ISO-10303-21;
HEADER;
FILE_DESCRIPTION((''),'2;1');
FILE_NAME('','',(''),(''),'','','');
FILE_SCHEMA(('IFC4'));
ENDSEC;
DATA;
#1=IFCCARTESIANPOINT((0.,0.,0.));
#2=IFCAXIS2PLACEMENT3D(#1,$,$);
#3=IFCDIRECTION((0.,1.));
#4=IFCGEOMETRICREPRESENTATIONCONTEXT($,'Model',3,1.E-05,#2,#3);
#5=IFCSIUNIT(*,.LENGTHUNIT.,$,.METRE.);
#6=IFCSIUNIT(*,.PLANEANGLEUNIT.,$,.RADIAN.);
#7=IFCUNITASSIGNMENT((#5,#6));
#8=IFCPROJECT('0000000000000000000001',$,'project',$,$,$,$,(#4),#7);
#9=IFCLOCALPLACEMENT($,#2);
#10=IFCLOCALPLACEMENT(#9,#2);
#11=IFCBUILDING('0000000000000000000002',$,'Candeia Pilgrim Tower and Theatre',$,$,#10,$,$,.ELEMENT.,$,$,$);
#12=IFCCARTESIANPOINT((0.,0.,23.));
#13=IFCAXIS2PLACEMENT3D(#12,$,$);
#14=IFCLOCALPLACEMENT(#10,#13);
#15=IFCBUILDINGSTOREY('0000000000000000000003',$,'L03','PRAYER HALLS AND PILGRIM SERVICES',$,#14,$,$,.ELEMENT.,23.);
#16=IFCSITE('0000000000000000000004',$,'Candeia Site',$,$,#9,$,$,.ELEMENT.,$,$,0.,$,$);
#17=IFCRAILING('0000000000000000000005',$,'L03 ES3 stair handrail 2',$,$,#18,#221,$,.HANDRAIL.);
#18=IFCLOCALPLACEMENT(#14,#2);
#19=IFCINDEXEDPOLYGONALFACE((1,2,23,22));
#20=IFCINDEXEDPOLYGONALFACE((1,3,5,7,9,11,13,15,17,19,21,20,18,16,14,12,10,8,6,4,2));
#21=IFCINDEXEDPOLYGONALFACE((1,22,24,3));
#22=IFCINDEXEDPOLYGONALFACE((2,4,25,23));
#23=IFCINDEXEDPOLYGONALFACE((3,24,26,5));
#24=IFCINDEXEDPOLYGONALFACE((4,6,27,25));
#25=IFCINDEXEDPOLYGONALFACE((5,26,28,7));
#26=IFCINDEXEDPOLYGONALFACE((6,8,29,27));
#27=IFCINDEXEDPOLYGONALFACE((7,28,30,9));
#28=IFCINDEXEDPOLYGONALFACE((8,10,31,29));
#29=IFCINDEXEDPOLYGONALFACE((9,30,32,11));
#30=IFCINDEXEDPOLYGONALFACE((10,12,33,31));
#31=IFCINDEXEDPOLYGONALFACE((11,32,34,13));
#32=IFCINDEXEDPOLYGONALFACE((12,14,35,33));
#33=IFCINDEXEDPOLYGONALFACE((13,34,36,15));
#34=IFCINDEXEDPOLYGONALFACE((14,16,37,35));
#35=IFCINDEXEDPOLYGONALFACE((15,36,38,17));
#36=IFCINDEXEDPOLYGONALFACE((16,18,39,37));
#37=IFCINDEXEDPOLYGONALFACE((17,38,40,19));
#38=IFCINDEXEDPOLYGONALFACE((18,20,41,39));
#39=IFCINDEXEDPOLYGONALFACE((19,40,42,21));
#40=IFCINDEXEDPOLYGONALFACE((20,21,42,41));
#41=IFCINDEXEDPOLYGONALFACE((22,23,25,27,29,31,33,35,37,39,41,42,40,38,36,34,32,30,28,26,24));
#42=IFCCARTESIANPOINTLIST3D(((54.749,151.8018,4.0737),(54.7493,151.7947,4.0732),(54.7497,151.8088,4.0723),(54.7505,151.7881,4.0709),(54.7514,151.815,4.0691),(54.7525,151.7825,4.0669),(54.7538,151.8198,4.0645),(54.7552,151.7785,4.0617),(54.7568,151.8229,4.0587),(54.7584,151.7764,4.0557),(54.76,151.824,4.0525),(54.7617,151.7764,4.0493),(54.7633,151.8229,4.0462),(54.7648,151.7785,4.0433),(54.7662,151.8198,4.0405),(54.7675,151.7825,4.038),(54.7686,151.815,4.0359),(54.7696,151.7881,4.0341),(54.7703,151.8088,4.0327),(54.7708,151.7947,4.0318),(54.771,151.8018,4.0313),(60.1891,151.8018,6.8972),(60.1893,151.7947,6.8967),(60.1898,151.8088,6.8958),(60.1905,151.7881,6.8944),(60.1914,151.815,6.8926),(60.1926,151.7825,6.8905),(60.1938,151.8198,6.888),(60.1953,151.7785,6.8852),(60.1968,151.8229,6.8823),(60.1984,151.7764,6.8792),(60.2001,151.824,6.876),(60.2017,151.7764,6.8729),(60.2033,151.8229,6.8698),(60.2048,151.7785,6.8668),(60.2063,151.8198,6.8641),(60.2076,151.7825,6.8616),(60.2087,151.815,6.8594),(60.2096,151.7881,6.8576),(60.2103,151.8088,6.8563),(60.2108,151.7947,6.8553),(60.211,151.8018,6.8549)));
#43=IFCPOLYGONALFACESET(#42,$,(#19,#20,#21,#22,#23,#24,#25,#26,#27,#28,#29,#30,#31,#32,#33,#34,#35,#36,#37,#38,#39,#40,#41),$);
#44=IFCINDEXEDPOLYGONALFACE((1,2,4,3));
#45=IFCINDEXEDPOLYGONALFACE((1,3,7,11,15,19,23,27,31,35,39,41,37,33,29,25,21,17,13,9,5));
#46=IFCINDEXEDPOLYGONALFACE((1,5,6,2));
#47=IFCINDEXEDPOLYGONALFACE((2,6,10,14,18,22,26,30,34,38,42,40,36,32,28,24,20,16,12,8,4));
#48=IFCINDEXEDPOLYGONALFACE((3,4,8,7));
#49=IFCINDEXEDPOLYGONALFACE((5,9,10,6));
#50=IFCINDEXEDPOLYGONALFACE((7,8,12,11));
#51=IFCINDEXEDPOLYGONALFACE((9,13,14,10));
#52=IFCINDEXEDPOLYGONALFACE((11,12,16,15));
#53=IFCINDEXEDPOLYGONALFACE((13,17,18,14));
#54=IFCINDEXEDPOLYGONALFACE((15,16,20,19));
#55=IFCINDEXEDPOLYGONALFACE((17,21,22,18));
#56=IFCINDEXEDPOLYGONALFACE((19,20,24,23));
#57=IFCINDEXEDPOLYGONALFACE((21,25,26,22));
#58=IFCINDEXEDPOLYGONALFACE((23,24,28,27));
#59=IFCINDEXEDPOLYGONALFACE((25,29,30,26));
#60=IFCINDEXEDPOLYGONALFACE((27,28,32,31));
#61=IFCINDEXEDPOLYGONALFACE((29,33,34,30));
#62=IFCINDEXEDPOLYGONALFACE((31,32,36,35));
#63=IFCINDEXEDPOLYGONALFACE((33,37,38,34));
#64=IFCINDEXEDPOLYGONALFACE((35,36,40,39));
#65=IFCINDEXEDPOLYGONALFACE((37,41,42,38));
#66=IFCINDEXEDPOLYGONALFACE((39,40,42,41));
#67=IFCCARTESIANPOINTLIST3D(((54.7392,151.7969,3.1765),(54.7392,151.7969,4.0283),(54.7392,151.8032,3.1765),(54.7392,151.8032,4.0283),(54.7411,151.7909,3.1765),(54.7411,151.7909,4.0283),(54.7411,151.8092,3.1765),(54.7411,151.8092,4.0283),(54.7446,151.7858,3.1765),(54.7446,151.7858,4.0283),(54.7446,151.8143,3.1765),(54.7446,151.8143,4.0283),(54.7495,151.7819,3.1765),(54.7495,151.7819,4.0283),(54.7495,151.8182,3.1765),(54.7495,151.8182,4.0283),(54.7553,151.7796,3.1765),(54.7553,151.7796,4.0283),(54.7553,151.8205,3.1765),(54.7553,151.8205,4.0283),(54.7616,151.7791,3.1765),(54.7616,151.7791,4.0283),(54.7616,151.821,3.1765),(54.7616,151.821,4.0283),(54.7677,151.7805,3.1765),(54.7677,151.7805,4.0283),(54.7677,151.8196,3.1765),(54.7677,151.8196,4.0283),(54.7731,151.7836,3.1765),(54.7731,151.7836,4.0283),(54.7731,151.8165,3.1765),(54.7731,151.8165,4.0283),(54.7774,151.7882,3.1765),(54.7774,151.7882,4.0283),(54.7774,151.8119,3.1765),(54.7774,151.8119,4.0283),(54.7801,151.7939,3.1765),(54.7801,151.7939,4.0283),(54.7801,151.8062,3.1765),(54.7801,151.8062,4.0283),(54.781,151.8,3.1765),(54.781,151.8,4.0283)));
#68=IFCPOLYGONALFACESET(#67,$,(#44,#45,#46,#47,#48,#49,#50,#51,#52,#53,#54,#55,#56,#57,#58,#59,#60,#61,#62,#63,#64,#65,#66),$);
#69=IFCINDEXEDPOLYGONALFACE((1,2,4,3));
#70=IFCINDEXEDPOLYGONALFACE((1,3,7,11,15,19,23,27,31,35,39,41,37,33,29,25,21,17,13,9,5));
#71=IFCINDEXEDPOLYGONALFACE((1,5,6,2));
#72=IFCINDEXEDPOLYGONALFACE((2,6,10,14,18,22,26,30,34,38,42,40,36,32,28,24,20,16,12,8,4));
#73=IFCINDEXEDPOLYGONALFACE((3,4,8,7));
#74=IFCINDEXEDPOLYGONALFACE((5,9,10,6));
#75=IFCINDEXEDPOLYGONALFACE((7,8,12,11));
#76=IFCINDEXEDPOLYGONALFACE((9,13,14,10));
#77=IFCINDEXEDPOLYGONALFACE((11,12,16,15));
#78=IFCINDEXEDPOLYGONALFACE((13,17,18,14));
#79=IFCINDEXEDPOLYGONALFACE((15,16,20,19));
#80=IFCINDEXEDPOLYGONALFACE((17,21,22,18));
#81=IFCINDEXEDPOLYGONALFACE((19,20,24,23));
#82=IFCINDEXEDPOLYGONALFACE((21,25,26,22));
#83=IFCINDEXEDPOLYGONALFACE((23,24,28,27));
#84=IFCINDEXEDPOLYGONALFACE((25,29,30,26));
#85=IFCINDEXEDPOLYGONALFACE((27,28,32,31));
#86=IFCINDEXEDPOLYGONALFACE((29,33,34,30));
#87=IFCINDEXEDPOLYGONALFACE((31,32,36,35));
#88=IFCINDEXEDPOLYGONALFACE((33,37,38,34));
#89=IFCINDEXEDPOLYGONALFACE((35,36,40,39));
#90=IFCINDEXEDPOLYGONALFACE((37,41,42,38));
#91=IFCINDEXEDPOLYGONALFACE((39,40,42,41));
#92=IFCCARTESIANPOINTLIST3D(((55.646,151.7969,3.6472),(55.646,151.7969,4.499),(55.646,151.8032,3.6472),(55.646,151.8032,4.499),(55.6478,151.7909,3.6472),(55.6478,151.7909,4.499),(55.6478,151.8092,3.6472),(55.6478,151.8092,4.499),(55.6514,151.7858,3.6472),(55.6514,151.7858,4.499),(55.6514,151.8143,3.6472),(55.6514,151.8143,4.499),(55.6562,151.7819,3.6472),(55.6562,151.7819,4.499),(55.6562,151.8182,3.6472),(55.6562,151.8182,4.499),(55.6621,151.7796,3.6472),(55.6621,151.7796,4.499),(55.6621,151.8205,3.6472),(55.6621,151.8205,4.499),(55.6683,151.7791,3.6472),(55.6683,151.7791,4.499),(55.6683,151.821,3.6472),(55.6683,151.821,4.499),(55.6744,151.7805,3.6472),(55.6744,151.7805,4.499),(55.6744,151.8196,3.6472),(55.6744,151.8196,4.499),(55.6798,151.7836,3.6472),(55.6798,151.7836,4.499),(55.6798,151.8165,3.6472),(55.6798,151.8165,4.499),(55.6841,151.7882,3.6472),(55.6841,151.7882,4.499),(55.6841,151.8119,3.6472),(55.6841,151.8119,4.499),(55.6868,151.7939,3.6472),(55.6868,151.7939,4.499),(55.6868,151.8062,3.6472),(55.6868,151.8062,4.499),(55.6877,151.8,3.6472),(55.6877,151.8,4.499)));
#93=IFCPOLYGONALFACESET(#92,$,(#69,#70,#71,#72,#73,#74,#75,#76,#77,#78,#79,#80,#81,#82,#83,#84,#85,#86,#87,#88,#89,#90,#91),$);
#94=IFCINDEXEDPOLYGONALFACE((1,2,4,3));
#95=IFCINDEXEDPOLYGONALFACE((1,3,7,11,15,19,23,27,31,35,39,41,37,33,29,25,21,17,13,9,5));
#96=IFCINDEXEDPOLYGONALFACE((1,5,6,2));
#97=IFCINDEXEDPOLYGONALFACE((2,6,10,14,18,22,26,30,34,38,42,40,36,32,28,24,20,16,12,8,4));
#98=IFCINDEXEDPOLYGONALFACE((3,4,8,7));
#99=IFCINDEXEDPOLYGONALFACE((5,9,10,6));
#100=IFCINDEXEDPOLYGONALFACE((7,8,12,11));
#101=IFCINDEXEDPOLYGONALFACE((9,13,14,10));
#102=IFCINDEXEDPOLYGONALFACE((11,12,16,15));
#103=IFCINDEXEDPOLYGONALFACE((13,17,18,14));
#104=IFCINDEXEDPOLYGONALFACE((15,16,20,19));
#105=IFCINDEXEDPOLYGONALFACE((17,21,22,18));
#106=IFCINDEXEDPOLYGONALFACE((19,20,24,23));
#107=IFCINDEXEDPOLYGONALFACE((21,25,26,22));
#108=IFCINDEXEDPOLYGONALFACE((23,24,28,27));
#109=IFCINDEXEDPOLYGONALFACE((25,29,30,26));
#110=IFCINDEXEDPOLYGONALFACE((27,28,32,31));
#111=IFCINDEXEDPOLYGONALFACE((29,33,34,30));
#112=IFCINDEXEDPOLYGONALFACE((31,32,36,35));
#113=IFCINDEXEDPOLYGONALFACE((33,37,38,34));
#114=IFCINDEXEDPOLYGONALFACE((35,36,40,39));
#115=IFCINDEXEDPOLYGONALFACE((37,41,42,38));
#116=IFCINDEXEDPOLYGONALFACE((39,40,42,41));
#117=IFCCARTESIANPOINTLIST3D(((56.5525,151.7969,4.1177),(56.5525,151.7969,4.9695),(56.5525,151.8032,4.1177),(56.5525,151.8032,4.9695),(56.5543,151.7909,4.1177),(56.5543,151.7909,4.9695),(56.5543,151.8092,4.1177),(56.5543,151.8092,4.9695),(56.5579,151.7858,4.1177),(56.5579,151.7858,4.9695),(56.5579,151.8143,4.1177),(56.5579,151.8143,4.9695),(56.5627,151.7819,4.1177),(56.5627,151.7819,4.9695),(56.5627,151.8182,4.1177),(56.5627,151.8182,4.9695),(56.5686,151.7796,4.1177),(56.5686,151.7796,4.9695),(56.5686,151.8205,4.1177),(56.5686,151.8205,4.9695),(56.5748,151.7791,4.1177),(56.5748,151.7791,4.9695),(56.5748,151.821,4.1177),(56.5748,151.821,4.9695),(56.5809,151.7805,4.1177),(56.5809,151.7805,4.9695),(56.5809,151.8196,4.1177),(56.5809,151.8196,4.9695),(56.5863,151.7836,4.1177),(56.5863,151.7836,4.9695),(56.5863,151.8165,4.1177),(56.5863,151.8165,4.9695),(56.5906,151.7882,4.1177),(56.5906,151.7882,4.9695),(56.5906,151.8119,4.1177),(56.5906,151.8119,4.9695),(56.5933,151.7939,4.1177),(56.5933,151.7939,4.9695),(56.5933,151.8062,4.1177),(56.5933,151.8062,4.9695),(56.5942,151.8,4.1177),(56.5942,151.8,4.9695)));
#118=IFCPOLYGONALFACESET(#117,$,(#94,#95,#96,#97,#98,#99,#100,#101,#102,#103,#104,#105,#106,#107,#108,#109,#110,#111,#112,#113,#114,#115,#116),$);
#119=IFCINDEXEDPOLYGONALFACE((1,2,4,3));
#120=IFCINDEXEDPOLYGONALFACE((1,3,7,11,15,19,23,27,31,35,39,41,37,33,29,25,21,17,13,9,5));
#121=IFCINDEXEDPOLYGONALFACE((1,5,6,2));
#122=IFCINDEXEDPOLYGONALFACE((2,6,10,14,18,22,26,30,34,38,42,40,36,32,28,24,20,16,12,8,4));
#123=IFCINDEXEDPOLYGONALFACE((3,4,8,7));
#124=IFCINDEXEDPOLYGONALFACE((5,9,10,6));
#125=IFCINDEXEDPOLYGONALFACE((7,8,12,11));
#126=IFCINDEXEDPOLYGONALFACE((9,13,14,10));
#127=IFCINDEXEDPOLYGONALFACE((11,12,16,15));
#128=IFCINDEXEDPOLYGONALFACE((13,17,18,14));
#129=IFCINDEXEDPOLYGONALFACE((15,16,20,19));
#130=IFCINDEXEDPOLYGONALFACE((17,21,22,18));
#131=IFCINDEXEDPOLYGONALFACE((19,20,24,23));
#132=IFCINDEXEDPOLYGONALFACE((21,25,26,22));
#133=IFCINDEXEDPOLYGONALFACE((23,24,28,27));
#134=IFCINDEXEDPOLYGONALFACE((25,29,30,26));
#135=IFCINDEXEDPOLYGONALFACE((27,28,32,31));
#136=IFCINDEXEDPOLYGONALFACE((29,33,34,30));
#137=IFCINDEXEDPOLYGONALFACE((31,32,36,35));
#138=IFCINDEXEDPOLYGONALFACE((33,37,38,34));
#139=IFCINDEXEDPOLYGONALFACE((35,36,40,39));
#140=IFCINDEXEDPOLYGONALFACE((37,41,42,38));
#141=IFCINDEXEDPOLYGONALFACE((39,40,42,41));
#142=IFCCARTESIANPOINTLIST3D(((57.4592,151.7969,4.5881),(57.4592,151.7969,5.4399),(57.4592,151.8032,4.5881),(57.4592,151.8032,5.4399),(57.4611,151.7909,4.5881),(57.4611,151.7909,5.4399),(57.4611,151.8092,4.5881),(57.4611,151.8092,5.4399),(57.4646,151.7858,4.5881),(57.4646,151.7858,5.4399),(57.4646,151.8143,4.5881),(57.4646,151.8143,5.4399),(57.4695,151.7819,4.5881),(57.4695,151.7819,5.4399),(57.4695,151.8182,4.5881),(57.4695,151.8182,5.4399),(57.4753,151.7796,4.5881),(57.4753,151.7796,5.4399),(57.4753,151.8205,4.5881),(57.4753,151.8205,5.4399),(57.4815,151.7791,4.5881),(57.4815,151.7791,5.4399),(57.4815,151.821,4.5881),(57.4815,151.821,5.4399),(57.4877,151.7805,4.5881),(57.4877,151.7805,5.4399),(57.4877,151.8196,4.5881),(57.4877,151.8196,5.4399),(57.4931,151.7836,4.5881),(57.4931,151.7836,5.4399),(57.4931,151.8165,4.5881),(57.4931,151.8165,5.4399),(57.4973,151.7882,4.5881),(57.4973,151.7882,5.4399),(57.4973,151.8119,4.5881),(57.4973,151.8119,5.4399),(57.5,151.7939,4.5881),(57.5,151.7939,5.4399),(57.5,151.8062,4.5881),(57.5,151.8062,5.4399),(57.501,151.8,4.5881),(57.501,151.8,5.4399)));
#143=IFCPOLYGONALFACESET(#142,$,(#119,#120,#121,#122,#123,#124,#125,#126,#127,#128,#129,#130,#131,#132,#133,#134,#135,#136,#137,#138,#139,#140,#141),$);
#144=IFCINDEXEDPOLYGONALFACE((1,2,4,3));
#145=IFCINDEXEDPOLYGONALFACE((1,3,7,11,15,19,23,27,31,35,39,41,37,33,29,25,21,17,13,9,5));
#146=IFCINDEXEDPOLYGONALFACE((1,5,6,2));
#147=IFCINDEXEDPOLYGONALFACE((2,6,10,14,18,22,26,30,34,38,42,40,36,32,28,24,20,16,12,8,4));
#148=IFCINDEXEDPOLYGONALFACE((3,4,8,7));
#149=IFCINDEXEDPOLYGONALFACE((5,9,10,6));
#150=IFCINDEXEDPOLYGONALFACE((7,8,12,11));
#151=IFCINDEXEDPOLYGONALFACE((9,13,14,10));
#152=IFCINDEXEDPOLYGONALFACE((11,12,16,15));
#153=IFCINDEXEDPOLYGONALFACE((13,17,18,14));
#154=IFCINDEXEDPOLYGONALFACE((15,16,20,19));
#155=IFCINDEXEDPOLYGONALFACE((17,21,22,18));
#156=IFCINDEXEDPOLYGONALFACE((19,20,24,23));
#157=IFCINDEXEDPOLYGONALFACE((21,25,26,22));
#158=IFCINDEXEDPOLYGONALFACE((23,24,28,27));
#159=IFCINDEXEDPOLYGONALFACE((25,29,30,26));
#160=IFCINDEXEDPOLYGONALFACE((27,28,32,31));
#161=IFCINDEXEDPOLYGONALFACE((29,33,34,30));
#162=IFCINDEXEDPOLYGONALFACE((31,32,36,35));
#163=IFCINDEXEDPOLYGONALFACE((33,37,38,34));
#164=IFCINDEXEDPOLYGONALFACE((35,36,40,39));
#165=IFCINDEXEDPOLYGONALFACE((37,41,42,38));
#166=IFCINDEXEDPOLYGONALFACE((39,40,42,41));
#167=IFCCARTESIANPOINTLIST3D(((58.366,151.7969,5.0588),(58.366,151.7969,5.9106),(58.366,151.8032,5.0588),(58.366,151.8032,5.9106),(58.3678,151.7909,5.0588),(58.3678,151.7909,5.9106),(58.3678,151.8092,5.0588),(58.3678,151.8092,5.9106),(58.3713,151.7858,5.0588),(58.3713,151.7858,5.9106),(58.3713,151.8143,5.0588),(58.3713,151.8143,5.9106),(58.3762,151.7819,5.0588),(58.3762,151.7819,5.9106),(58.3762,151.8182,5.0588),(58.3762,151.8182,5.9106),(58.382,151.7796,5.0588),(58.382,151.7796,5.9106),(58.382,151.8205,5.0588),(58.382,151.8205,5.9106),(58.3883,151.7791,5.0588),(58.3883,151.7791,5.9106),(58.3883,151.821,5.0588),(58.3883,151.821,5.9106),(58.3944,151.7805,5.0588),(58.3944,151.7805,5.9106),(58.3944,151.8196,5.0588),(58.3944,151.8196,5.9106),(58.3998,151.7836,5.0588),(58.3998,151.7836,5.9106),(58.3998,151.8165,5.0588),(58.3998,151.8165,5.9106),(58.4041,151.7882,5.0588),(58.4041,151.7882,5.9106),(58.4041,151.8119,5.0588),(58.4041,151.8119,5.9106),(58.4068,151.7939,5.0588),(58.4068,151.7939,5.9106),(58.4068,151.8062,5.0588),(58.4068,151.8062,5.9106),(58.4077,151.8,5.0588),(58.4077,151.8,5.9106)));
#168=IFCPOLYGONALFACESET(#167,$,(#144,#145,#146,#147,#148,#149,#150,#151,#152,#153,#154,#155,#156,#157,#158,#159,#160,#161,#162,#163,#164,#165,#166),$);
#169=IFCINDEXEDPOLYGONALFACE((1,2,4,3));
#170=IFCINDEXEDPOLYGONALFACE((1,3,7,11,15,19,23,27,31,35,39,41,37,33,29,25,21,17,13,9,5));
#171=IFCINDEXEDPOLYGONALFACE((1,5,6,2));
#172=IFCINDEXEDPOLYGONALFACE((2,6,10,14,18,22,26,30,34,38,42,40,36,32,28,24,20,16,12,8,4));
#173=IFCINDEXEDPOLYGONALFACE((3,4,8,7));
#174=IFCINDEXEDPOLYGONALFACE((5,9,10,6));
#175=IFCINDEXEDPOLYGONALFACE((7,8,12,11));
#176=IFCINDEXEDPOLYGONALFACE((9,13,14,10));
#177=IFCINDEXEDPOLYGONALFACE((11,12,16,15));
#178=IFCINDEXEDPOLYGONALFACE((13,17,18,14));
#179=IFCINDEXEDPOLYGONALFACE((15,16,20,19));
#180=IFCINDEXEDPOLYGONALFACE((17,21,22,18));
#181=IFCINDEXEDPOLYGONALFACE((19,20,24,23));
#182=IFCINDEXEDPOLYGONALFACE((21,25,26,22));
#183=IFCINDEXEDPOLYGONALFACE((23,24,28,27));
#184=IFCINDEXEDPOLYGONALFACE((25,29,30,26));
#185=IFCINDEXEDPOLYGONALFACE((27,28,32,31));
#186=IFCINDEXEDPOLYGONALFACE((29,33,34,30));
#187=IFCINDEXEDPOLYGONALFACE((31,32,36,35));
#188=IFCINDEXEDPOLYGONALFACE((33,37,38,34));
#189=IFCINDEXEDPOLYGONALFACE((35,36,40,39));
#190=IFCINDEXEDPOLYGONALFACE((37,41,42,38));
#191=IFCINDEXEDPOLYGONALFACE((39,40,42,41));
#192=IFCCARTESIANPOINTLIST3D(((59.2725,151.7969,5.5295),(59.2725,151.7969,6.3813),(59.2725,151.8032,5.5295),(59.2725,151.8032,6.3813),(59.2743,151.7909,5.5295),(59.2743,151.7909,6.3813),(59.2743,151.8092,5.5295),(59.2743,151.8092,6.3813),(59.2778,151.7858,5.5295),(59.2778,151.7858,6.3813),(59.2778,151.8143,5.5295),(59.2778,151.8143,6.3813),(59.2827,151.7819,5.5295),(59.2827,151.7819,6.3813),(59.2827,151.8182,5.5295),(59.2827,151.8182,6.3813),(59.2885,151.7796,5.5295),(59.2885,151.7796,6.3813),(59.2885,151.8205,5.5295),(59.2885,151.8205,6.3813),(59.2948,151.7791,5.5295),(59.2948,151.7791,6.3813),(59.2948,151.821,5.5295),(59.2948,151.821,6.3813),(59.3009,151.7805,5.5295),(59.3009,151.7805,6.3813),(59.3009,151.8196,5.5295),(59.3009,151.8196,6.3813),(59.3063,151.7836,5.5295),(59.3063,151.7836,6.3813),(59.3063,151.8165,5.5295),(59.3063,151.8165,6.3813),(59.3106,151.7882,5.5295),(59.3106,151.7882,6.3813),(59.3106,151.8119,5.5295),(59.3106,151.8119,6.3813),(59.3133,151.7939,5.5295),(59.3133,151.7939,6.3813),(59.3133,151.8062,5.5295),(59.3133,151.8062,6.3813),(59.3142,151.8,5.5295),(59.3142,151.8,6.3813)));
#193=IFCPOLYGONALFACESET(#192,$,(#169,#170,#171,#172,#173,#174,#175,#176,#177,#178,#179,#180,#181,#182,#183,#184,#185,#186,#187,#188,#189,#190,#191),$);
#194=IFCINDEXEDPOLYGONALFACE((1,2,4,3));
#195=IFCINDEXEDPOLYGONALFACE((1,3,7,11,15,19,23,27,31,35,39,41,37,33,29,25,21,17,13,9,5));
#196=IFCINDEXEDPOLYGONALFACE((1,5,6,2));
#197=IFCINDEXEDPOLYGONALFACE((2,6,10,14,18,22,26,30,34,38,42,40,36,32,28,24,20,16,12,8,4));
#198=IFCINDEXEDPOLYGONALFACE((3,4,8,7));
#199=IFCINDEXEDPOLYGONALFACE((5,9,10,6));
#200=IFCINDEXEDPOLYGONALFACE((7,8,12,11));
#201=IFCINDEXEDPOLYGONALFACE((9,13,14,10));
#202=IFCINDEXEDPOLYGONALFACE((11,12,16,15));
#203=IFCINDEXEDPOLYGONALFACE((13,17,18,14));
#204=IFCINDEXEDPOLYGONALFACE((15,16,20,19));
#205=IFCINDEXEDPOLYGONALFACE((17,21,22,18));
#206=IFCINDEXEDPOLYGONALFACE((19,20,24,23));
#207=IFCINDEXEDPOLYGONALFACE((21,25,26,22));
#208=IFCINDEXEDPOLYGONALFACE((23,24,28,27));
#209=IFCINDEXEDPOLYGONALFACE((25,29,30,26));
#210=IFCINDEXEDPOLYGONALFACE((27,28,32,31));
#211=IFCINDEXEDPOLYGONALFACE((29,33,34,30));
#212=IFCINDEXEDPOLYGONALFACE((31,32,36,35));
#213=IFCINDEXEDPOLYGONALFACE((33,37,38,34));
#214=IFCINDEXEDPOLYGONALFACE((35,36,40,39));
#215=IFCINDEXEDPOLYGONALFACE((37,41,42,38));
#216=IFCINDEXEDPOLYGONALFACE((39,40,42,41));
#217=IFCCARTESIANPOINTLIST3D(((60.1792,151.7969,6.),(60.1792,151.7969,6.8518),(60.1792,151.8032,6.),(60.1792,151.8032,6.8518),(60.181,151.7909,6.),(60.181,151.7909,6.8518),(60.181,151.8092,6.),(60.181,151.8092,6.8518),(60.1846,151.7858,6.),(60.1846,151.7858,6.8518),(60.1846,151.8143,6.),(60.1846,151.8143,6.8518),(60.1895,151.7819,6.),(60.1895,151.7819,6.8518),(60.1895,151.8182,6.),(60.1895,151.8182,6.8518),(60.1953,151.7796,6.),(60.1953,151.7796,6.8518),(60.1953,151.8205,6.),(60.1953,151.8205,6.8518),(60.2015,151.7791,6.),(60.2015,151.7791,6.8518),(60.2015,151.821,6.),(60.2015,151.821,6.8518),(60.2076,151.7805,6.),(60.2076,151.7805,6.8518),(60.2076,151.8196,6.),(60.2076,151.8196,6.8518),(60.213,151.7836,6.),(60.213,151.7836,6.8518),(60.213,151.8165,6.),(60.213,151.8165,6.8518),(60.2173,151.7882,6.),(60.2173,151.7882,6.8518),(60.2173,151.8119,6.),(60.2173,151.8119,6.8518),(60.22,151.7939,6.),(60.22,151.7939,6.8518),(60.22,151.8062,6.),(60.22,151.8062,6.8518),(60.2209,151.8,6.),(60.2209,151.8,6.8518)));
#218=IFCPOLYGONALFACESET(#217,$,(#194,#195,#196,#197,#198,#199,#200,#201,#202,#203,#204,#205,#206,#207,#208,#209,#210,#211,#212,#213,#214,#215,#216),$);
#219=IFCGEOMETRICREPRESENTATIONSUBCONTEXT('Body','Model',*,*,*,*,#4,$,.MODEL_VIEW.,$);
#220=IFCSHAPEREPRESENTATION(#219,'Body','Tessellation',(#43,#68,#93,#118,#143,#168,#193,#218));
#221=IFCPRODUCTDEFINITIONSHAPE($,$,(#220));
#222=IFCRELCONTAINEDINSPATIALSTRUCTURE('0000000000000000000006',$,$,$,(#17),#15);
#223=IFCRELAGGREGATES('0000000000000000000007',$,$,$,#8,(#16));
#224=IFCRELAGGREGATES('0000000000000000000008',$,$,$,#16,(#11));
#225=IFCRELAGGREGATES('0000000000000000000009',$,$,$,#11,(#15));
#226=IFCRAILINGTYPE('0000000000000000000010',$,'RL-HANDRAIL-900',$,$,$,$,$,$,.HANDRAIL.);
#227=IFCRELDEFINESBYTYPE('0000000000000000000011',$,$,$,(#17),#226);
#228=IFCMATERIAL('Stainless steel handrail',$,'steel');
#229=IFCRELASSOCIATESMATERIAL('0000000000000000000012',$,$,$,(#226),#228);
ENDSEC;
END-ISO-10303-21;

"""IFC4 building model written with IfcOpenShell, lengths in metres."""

from ifc_helpers import new_model, si_unit, direction, frame, origin, origin_2d, place, context, subcontext, project, spatial, circle, extrude, material, type_object, element, save


model = new_model("IFC4")

# Units and contexts
model_context = context("Model", 3, precision=1e-05, world=origin(), true_north=direction((0.0, 1.0)))
body_context = subcontext(model_context, "Body", "Model", "MODEL_VIEW")
ifc_project = project(units=[si_unit("LENGTHUNIT", "METRE"), si_unit("PLANEANGLEUNIT", "RADIAN")], contexts=[model_context])

# Site, building, storey
site_placement = place(None, origin())
site = spatial("IfcSite", under=ifc_project, at=site_placement, Name="Candeia Site", CompositionType="ELEMENT", RefElevation=0.0)
building_placement = place(site_placement, origin())
building = spatial("IfcBuilding", under=site, at=building_placement, Name="Candeia Pilgrim Tower and Theatre", CompositionType="ELEMENT")
storey_placement = place(building_placement, frame((0.0, 0.0, 23.0)))
storey = spatial("IfcBuildingStorey", under=building, at=storey_placement, Name="L03", Description="PRAYER HALLS AND PILGRIM SERVICES", CompositionType="ELEMENT", Elevation=23.0)

# Railing
ifc_material_1 = material(Name="Stainless steel handrail", Category="steel")
railing_type_1 = type_object("IfcRailingType", Name="RL-HANDRAIL-900", PredefinedType="HANDRAIL", material=ifc_material_1)
railing_1_placement = place(storey_placement, frame((54.76, 151.8, 3.1765)))
element("IfcRailing", 1, at=railing_1_placement, inside=storey, type_object=railing_type_1, Name="L03 ES3 stair handrail 2", PredefinedType="HANDRAIL", context=body_context, shape_type="SweptSolid", body=[
    extrude(circle(Radius=0.0239, at=origin_2d()), frame((0.0, 0.0, 0.876), z_axis=(0.887569, 0.0, 0.460674), x_axis=(0.0, 1.0, 0.0)), (0.0, 0.0, 1.0), 6.1292),
    extrude(circle(Radius=0.021, at=origin_2d()), origin(), (0.0, 0.0, 1.0), 0.8518),
    extrude(circle(Radius=0.021, at=origin_2d()), frame((0.9067, 0.0, 0.4707)), (0.0, 0.0, 1.0), 0.8518),
    extrude(circle(Radius=0.021, at=origin_2d()), frame((1.8132, 0.0, 0.9412)), (0.0, 0.0, 1.0), 0.8518),
    extrude(circle(Radius=0.021, at=origin_2d()), frame((2.72, 0.0, 1.4116)), (0.0, 0.0, 1.0), 0.8518),
    extrude(circle(Radius=0.021, at=origin_2d()), frame((3.6267, 0.0, 1.8823)), (0.0, 0.0, 1.0), 0.8518),
    extrude(circle(Radius=0.021, at=origin_2d()), frame((4.5332, 0.0, 2.353)), (0.0, 0.0, 1.0), 0.8518),
    extrude(circle(Radius=0.021, at=origin_2d()), frame((5.4399, 0.0, 2.8235)), (0.0, 0.0, 1.0), 0.8518),
])

save(model, "model.ifc")
